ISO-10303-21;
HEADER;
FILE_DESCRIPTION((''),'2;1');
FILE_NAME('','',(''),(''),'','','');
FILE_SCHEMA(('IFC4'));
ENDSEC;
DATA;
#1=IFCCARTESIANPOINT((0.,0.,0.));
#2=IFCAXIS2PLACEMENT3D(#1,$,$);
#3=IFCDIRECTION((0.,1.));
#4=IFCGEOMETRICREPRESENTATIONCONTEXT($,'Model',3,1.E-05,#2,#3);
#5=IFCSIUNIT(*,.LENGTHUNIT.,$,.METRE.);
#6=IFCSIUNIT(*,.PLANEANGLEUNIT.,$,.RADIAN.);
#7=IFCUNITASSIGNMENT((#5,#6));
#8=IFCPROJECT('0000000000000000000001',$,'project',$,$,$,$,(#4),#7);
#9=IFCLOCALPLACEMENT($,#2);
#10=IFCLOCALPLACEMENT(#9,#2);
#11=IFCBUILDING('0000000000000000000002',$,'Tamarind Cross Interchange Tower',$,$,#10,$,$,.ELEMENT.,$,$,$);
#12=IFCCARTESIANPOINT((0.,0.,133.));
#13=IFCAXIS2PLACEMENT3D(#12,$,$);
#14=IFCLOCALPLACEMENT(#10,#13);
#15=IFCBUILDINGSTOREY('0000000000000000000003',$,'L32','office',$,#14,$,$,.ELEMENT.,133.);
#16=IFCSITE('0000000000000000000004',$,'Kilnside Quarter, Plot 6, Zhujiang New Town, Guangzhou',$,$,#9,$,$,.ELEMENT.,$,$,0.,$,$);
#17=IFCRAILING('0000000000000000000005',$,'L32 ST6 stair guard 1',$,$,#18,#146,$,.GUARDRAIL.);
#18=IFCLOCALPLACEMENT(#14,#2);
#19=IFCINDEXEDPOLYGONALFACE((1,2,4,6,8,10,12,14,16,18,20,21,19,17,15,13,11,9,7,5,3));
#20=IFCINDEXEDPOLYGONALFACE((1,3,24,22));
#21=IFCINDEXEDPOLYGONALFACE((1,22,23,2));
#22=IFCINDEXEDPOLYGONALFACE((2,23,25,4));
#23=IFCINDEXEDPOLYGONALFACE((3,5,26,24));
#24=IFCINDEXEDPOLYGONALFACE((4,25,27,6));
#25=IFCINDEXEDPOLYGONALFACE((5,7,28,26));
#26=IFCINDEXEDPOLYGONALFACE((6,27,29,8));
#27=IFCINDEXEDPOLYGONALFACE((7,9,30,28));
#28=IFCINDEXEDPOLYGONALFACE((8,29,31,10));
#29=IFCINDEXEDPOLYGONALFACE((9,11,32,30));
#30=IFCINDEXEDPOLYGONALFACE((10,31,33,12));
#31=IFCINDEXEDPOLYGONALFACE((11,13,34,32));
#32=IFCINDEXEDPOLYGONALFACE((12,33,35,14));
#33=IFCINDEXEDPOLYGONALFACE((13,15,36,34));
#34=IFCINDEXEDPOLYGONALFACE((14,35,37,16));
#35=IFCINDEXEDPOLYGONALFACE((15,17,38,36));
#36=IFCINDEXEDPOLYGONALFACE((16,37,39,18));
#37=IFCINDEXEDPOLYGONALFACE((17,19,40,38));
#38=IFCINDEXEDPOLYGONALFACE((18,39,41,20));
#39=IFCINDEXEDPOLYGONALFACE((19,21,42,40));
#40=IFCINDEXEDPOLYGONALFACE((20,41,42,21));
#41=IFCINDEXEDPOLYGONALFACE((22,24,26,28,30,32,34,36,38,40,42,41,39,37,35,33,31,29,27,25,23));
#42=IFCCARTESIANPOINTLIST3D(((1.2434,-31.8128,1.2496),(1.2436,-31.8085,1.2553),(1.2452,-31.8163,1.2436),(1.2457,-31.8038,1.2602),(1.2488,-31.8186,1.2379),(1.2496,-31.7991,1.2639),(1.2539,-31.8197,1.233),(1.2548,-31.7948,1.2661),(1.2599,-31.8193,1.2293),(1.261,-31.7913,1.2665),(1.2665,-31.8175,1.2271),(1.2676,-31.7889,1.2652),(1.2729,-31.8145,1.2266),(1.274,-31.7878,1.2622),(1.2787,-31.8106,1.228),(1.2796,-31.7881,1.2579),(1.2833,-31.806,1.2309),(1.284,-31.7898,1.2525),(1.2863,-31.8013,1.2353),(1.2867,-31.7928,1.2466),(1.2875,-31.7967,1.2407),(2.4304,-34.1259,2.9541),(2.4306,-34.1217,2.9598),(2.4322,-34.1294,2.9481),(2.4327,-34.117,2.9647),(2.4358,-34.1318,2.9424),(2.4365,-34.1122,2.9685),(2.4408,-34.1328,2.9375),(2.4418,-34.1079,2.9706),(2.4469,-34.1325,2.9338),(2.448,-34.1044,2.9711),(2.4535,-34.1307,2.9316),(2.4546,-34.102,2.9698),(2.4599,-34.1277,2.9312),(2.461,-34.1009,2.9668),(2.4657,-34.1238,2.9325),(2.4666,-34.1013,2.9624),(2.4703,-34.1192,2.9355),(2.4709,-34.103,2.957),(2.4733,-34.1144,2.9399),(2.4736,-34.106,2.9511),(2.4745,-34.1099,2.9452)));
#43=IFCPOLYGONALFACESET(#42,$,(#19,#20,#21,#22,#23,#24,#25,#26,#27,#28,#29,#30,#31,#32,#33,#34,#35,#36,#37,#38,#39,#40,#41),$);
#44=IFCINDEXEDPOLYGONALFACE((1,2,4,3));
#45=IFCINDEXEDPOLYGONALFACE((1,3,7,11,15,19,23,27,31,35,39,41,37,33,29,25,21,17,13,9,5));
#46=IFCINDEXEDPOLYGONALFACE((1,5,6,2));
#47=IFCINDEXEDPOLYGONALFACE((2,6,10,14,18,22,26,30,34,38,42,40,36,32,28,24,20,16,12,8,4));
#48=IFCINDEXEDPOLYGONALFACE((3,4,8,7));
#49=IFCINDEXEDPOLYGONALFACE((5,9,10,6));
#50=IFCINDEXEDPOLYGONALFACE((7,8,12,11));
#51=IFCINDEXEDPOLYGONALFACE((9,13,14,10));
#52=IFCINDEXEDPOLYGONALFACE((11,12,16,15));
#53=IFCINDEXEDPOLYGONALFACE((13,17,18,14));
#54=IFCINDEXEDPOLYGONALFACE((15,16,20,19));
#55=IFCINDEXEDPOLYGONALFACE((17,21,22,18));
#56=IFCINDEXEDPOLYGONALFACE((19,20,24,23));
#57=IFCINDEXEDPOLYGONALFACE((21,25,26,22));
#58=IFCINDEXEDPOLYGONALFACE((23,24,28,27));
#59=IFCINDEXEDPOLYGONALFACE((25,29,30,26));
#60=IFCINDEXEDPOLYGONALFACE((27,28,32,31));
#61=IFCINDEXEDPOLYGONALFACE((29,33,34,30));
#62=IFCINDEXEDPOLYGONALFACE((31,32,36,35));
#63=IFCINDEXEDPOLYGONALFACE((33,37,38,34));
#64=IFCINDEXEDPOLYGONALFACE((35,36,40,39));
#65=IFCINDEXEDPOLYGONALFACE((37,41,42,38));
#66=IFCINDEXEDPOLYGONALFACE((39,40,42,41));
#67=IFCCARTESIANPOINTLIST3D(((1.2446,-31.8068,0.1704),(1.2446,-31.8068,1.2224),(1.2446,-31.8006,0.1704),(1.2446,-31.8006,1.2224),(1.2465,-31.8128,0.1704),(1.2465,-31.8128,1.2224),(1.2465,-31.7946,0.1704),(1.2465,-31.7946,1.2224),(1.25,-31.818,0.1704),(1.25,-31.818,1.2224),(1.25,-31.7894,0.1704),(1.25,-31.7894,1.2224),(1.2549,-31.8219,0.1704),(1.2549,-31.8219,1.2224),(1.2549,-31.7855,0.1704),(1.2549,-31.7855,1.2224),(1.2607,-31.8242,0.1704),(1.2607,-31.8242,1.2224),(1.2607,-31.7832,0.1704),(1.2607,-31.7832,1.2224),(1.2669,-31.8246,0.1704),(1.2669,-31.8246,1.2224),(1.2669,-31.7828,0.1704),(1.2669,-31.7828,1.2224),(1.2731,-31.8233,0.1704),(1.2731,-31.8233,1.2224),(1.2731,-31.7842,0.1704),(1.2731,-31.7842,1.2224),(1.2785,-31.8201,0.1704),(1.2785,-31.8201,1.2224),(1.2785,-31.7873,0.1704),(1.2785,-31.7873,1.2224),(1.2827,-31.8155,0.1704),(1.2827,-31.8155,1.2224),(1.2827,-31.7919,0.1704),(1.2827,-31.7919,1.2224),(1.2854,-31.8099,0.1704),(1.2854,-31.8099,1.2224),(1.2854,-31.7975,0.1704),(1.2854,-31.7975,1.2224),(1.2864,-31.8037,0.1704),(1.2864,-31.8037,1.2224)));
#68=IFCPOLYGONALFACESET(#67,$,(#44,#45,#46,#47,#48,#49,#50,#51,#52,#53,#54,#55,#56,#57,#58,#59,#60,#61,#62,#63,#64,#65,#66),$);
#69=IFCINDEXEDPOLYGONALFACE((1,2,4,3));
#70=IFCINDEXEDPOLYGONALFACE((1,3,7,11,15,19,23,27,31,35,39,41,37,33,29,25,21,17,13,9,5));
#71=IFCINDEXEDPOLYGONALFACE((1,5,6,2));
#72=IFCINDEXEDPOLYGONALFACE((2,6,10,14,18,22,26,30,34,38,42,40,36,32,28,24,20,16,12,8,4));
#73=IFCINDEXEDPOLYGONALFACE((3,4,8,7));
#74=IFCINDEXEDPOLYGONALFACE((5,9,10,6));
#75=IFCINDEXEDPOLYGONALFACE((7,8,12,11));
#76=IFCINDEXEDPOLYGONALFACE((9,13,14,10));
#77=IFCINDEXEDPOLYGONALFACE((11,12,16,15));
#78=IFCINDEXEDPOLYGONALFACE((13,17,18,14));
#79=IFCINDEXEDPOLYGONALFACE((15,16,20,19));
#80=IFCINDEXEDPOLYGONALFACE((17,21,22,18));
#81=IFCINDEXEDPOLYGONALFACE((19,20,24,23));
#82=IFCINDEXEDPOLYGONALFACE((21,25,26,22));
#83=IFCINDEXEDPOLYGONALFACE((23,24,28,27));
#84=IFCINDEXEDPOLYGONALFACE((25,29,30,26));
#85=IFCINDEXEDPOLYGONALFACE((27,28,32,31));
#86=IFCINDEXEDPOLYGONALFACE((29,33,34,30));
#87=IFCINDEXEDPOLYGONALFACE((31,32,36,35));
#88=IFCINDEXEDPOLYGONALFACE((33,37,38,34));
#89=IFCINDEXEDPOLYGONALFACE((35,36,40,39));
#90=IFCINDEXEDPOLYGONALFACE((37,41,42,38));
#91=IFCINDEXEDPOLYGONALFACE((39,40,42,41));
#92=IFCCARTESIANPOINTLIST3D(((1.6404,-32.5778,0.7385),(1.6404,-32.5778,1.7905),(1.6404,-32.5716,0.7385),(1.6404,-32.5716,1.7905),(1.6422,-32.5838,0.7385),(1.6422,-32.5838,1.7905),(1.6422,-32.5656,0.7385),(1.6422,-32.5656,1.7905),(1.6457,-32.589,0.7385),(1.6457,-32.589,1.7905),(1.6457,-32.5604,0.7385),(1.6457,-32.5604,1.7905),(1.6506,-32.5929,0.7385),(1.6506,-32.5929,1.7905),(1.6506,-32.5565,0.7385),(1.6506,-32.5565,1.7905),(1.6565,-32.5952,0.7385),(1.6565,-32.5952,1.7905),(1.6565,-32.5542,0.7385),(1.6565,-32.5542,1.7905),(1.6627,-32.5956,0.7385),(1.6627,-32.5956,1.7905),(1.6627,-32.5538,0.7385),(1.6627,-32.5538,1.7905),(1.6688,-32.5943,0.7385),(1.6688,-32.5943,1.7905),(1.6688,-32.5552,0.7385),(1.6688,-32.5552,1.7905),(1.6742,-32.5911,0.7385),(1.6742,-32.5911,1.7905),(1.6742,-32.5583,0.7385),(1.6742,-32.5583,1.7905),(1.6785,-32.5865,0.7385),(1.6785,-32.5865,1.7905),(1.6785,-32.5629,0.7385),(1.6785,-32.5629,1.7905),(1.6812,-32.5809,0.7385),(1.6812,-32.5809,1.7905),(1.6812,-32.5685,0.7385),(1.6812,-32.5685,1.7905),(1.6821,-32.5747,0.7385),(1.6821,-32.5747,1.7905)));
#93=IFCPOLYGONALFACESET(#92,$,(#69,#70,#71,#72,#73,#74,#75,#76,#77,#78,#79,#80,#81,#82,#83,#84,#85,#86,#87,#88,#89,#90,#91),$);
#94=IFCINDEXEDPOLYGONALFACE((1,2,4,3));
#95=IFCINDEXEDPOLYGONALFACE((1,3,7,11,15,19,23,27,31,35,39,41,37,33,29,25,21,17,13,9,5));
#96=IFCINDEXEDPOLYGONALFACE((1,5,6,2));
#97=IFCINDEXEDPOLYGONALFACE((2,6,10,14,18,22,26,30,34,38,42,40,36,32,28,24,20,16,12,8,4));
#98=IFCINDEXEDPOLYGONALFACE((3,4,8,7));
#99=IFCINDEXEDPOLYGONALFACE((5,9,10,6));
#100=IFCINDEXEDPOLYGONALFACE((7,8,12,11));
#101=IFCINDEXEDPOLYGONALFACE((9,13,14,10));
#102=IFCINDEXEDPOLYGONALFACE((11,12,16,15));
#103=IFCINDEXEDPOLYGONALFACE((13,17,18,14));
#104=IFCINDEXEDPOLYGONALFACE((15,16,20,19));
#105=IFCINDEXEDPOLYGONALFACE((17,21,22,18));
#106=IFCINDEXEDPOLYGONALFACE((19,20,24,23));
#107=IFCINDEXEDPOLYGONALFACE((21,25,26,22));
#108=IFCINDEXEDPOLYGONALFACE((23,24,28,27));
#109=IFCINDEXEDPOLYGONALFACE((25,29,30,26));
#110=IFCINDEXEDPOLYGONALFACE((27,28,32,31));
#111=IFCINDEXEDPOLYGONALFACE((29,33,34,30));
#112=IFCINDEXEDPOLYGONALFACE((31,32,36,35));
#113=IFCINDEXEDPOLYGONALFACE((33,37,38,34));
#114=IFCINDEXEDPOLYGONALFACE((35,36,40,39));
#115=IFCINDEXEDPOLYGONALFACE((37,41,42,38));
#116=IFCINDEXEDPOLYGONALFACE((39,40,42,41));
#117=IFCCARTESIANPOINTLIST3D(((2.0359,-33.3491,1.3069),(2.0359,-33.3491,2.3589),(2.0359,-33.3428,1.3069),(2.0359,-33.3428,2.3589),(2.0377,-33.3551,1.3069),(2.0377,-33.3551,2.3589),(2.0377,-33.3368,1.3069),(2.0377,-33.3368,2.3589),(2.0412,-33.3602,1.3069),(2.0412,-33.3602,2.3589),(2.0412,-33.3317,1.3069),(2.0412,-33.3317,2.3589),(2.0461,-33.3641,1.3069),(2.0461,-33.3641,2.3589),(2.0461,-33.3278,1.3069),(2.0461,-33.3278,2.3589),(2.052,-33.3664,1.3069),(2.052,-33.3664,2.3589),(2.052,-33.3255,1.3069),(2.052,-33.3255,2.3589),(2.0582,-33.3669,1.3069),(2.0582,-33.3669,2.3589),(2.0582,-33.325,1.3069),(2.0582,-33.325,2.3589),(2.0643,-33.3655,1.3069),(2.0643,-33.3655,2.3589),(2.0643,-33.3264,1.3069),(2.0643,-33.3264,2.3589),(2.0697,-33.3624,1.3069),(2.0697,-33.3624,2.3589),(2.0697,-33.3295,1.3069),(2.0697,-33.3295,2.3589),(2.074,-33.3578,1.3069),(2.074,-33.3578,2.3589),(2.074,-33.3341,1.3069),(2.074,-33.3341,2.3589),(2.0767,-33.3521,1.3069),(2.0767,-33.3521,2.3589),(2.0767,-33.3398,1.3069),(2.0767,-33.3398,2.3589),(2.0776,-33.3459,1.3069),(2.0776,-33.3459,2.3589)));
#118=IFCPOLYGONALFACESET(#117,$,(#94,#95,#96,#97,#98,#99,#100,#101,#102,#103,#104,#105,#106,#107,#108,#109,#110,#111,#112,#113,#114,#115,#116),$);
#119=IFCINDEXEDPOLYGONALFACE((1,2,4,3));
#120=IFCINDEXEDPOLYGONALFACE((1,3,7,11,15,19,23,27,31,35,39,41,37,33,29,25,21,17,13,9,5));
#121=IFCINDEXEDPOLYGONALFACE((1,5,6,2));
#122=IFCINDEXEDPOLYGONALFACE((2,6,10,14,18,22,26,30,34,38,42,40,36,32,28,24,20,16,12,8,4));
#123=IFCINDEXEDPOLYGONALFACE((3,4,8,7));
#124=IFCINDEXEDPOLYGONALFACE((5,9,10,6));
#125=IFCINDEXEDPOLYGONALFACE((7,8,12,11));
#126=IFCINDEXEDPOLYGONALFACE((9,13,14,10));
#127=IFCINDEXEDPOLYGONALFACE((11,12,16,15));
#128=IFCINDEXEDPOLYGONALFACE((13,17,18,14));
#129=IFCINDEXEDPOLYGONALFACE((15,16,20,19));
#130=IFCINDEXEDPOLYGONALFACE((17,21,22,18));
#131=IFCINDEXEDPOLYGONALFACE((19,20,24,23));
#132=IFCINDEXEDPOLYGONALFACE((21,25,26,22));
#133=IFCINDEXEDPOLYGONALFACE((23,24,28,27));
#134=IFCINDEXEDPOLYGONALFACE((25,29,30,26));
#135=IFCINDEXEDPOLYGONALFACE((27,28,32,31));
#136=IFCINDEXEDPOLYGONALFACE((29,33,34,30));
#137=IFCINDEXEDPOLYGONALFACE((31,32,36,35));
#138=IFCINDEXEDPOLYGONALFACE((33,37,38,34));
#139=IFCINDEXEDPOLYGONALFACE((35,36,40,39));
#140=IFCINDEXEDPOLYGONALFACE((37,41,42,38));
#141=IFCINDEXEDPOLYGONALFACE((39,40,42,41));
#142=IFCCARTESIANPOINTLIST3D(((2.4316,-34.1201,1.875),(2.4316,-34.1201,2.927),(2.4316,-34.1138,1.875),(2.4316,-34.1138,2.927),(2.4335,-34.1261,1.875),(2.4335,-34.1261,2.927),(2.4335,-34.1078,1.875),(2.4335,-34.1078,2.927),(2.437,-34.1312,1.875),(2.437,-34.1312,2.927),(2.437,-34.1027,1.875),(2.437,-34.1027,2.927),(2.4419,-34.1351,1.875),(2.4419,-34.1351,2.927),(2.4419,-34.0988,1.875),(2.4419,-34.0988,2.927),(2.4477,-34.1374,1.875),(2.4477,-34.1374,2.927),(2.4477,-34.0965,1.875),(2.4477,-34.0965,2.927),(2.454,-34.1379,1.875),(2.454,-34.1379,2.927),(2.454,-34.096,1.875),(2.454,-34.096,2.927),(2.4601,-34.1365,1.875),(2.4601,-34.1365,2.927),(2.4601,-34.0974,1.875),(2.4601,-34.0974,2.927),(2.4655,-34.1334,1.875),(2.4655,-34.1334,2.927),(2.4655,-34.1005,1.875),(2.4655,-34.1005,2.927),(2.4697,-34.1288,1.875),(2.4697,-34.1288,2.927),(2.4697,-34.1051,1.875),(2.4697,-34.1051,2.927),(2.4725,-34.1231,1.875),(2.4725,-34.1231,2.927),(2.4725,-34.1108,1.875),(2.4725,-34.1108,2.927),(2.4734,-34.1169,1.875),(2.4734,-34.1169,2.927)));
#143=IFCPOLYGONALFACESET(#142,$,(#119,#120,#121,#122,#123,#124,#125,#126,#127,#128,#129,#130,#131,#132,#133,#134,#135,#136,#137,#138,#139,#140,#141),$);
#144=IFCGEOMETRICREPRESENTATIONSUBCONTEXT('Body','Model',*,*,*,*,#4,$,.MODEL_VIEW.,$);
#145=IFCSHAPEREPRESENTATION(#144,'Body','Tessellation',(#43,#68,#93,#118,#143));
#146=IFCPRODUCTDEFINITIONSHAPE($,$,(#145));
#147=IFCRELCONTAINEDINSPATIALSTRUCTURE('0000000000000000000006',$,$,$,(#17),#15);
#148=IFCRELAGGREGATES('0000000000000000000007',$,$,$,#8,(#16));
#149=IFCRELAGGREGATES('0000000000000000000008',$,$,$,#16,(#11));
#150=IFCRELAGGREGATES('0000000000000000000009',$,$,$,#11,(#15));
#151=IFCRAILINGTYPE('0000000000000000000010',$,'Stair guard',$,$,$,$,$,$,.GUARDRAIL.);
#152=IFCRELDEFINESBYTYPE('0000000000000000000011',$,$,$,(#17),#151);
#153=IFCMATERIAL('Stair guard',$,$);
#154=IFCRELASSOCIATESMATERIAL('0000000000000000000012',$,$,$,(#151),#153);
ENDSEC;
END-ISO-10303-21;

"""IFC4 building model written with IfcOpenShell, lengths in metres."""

from ifc_helpers import new_model, si_unit, direction, frame, origin, origin_2d, place, context, subcontext, project, spatial, circle, extrude, material, type_object, element, save


model = new_model("IFC4")

# Units and contexts
model_context = context("Model", 3, precision=1e-05, world=origin(), true_north=direction((0.0, 1.0)))
body_context = subcontext(model_context, "Body", "Model", "MODEL_VIEW")
ifc_project = project(units=[si_unit("LENGTHUNIT", "METRE"), si_unit("PLANEANGLEUNIT", "RADIAN")], contexts=[model_context])

# Site, building, storey
site_placement = place(None, origin())
site = spatial("IfcSite", under=ifc_project, at=site_placement, Name="Kilnside Quarter, Plot 6, Zhujiang New Town, Guangzhou", CompositionType="ELEMENT", RefElevation=0.0)
building_placement = place(site_placement, origin())
building = spatial("IfcBuilding", under=site, at=building_placement, Name="Tamarind Cross Interchange Tower", CompositionType="ELEMENT")
storey_placement = place(building_placement, frame((0.0, 0.0, 133.0)))
storey = spatial("IfcBuildingStorey", under=building, at=storey_placement, Name="L32", Description="office", CompositionType="ELEMENT", Elevation=133.0)

# Railing
ifc_material_1 = material(Name="Stair guard")
railing_type = type_object("IfcRailingType", Name="Stair guard", PredefinedType="GUARDRAIL", material=ifc_material_1)
railing_1_placement = place(storey_placement, frame((1.2654, -31.8037, 0.1704)))
element("IfcRailing", 1, at=railing_1_placement, inside=storey, type_object=railing_type, Name="L32 ST6 stair guard 1", PredefinedType="GUARDRAIL", context=body_context, shape_type="SweptSolid", body=[
    extrude(circle(Radius=0.0239, at=origin_2d()), frame((0.0, 0.0, 1.0762), z_axis=(0.381803, -0.744052, 0.548282), x_axis=(0.889702, 0.456542, 0.0)), (0.0, 0.0, 1.0), 3.1089),
    extrude(circle(Radius=0.021, at=origin_2d()), origin(), (0.0, 0.0, 1.0), 1.052),
    extrude(circle(Radius=0.021, at=origin_2d()), frame((0.3958, -0.771, 0.5681)), (0.0, 0.0, 1.0), 1.052),
    extrude(circle(Radius=0.021, at=origin_2d()), frame((0.7913, -1.5422, 1.1365)), (0.0, 0.0, 1.0), 1.052),
    extrude(circle(Radius=0.021, at=origin_2d()), frame((1.187, -2.3132, 1.7046)), (0.0, 0.0, 1.0), 1.052),
])

save(model, "model.ifc")
